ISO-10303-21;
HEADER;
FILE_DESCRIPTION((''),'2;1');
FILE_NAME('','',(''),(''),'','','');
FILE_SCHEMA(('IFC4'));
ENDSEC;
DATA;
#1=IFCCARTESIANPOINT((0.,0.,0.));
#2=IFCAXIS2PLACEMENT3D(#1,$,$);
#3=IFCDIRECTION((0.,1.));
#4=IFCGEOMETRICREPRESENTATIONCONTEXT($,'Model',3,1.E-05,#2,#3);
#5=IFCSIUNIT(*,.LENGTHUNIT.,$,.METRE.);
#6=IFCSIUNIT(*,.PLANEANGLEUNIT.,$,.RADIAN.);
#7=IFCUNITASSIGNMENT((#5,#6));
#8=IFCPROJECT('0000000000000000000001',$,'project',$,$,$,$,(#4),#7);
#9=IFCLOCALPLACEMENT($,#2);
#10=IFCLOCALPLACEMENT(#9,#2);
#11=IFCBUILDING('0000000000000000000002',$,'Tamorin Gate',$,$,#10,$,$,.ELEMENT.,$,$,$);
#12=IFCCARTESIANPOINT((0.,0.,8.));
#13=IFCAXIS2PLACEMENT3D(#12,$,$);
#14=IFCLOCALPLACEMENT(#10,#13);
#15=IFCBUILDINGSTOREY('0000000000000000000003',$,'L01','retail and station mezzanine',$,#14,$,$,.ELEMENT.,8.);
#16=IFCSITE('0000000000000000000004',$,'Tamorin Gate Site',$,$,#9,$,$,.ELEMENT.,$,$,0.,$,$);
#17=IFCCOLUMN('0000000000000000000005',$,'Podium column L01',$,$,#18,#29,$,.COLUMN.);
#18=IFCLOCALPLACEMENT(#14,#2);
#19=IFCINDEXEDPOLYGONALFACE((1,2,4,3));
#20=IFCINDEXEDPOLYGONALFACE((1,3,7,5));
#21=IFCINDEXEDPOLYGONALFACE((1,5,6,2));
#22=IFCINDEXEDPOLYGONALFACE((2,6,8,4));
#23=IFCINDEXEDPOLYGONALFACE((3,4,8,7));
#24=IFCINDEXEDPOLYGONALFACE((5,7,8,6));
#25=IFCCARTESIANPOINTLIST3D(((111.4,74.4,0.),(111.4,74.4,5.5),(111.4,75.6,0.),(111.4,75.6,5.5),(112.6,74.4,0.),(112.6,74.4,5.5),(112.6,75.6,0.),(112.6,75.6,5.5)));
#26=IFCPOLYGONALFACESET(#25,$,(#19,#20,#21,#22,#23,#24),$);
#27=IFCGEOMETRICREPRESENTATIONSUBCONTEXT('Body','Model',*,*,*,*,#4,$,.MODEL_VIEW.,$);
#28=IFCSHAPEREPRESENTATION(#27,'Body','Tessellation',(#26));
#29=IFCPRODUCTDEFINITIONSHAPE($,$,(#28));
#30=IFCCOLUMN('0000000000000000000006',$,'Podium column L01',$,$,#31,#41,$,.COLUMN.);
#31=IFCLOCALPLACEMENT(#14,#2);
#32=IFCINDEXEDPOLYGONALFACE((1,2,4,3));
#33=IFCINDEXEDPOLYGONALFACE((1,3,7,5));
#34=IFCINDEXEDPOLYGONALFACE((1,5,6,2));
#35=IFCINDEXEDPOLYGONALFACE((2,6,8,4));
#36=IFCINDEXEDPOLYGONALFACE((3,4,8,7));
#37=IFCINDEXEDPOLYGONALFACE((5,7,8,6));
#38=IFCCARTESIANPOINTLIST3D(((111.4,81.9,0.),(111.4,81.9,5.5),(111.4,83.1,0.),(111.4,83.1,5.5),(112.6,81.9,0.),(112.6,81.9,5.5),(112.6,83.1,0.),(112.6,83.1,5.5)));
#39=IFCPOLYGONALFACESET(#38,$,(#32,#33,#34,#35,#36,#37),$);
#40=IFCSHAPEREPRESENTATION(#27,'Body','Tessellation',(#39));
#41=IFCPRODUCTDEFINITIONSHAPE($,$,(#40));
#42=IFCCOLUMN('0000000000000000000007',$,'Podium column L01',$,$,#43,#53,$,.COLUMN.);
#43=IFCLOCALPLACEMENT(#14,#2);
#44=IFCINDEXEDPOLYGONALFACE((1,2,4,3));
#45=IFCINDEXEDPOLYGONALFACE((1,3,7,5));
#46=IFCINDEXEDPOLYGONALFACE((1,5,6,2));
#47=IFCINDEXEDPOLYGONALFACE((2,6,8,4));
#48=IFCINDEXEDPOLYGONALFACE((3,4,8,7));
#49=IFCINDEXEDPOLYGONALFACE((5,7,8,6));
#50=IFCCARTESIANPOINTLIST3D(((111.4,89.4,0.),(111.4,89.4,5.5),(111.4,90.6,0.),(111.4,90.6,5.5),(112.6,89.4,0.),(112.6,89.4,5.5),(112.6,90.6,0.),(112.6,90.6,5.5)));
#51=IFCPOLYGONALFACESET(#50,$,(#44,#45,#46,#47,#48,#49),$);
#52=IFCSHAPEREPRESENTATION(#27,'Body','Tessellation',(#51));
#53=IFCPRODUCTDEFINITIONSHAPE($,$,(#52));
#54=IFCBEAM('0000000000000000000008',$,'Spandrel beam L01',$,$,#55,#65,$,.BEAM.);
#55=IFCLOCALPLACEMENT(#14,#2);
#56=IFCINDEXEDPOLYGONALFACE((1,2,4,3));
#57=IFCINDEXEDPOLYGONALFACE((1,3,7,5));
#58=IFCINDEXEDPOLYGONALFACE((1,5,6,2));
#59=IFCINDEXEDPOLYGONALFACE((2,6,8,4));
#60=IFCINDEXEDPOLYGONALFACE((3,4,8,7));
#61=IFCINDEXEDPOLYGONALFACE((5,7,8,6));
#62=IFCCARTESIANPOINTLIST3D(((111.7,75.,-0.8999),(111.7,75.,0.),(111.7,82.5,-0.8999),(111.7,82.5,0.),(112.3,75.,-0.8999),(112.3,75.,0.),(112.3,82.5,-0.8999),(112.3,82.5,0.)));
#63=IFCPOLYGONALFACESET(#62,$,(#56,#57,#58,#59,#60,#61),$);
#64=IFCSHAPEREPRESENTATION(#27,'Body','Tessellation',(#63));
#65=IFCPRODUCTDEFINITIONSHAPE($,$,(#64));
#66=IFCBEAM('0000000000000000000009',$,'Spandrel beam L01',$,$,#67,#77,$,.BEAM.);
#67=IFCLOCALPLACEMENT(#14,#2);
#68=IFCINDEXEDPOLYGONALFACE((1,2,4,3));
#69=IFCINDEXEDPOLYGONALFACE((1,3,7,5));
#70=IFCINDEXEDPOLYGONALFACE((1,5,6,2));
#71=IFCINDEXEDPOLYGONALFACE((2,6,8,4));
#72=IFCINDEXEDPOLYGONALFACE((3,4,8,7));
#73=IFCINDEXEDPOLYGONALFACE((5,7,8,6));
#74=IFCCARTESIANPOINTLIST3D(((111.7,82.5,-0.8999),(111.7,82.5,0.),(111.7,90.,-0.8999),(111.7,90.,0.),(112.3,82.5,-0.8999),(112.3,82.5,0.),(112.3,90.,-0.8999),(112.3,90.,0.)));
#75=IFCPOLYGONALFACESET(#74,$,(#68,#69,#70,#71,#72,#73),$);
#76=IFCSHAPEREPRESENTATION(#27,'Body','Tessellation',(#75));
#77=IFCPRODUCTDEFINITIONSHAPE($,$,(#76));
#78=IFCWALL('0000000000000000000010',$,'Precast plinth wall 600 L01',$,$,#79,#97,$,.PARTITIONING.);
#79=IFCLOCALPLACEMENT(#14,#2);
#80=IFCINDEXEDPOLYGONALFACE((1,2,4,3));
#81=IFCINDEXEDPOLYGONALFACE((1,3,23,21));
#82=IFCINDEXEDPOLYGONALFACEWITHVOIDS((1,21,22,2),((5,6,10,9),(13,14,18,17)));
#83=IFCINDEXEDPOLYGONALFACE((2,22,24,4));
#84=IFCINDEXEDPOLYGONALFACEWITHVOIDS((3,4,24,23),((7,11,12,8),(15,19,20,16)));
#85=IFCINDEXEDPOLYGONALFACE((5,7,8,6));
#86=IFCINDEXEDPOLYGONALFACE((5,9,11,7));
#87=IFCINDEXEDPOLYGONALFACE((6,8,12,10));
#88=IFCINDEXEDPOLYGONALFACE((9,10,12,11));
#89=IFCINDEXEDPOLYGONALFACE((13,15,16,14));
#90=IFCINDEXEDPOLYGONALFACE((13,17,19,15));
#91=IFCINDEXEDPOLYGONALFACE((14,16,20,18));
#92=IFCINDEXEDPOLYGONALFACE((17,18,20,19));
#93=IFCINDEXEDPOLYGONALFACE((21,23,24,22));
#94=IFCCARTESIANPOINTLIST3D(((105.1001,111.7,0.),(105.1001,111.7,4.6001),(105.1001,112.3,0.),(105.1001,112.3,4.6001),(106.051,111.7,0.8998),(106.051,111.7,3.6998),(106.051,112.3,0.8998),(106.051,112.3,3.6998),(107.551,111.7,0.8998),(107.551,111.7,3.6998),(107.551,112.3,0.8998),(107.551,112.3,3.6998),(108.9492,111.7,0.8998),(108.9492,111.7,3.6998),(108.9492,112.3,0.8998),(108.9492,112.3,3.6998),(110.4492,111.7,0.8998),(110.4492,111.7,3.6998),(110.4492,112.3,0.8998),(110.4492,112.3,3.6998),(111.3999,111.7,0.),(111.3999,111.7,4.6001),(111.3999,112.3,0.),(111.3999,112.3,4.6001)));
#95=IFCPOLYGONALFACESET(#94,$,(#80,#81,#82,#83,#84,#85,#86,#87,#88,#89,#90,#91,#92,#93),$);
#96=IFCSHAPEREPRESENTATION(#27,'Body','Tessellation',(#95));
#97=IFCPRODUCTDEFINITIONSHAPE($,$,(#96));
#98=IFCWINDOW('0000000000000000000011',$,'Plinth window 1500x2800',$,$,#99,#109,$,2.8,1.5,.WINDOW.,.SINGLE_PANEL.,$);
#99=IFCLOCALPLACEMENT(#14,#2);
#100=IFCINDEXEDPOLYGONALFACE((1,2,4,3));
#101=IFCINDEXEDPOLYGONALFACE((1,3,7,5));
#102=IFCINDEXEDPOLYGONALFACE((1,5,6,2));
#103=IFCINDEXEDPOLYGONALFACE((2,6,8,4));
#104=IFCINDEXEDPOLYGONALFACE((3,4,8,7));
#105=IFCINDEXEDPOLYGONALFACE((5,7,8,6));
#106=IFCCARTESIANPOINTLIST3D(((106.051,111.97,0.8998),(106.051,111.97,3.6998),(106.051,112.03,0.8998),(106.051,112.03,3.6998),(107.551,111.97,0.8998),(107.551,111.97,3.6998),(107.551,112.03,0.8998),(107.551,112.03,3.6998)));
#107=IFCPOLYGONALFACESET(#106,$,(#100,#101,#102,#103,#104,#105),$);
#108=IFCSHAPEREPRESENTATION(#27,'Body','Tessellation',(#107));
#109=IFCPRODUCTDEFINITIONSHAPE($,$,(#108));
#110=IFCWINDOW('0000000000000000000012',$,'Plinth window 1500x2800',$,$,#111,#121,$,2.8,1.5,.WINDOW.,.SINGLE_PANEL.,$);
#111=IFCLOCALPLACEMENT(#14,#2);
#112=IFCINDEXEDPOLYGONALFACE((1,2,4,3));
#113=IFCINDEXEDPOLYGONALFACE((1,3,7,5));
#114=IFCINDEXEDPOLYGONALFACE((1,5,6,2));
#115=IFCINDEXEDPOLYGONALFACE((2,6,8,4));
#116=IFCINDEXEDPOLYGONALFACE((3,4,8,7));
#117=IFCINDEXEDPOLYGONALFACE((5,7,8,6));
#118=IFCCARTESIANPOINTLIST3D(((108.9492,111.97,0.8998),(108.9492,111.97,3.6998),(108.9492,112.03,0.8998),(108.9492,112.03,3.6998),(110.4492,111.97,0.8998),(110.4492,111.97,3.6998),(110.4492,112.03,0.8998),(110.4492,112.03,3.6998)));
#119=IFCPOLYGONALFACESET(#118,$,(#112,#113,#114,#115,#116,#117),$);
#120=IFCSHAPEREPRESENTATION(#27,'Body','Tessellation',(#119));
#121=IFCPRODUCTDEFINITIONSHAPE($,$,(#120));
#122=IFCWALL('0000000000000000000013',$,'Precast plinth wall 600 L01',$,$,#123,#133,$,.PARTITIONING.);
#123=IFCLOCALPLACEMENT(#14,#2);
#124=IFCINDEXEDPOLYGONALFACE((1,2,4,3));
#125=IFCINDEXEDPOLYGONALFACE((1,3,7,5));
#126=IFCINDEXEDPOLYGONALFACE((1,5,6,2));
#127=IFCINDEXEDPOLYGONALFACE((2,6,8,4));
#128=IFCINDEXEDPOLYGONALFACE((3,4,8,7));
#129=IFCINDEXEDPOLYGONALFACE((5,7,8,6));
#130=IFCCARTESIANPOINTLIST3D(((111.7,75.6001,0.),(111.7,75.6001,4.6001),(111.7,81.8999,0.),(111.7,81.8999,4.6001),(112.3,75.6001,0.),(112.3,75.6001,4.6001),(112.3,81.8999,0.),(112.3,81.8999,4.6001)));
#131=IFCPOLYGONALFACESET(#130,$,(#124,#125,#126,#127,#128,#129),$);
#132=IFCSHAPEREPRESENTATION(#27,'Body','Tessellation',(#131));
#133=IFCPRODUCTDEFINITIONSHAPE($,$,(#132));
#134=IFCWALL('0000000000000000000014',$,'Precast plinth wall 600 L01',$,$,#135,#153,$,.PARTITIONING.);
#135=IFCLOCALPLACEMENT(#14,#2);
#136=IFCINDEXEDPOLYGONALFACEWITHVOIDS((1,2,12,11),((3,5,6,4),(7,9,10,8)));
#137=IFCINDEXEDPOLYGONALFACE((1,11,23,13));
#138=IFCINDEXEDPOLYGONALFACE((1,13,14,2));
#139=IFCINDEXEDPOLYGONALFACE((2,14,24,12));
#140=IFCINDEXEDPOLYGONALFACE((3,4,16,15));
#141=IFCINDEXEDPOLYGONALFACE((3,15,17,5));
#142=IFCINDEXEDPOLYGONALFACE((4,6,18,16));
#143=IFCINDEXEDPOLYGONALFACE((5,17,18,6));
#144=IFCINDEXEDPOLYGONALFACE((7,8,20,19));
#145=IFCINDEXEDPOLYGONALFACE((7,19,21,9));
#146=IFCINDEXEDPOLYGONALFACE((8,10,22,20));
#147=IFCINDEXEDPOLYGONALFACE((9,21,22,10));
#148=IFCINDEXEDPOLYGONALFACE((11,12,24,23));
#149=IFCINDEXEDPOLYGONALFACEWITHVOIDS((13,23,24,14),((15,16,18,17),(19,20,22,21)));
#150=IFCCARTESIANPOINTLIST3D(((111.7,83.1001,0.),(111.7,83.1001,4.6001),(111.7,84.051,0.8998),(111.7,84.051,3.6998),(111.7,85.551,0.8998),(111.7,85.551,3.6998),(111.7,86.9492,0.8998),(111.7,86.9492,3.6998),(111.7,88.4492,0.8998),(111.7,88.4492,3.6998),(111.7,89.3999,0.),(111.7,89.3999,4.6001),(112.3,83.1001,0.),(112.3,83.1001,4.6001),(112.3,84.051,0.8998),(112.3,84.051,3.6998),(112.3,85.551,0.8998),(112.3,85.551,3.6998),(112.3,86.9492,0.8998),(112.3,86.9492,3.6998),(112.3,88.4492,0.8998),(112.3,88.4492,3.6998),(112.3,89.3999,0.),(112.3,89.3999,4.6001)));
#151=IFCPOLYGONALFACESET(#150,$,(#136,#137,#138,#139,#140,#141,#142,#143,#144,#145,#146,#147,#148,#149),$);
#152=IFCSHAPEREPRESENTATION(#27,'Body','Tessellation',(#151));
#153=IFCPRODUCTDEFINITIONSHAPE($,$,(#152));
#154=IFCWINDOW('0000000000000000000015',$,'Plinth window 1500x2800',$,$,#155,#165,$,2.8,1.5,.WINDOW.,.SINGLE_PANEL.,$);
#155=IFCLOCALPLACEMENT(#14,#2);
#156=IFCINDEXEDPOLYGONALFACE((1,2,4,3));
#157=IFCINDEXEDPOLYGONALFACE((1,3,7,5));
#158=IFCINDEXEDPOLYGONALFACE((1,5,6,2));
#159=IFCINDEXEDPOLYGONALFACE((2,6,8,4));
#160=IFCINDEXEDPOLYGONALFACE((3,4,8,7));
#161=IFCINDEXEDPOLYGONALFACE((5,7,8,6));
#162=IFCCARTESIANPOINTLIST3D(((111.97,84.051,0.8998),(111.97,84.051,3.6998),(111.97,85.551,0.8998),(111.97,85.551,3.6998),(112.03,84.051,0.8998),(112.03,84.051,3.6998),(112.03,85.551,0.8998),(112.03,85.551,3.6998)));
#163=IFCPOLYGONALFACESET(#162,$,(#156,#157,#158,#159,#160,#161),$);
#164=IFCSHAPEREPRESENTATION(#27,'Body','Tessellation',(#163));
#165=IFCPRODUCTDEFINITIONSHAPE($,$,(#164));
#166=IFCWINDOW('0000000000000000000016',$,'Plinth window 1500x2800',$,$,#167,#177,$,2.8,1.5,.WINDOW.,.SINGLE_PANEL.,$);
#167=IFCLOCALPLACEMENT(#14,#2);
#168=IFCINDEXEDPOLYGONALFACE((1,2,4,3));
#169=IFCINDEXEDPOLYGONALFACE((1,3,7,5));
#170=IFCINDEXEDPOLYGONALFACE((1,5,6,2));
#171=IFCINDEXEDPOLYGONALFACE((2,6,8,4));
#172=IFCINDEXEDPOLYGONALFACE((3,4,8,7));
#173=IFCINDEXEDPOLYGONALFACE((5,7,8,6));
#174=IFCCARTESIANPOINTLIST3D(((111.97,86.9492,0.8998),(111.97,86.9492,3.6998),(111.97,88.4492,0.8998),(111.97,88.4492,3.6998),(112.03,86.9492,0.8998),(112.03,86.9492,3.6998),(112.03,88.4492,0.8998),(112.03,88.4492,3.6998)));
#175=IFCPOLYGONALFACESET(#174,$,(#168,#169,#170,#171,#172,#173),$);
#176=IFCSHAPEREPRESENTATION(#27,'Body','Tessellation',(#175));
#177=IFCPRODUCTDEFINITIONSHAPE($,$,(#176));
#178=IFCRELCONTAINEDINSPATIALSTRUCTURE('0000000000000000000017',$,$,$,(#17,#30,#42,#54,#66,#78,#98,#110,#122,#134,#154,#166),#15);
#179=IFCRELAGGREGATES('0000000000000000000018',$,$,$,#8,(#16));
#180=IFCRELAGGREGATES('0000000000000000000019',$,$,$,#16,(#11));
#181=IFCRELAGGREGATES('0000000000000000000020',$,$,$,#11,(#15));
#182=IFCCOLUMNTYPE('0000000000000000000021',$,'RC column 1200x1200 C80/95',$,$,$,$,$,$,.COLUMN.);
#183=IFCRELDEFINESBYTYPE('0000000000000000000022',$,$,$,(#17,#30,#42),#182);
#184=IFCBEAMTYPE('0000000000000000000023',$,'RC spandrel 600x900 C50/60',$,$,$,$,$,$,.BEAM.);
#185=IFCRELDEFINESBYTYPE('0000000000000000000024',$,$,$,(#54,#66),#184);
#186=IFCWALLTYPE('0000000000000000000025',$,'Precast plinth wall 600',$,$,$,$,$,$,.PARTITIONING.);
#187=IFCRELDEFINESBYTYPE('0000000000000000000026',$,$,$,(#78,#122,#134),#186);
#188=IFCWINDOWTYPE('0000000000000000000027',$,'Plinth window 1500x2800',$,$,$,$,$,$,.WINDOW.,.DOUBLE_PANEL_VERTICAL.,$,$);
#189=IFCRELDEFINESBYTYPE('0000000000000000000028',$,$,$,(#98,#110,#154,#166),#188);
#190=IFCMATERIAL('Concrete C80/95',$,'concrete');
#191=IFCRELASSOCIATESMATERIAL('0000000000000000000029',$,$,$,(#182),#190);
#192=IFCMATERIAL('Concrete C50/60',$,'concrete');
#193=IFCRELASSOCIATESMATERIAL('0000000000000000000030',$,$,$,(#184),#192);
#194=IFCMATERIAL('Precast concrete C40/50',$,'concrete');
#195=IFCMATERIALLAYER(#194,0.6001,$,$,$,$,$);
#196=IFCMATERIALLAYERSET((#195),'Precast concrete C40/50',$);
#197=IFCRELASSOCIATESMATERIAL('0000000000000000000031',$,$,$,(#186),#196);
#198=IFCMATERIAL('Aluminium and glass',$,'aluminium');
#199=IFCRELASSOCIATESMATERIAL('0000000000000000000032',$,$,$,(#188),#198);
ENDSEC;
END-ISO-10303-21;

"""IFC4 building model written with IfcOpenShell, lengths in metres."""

from ifc_helpers import new_model, si_unit, direction, frame, frame_2d, origin, origin_2d, place, context, subcontext, project, spatial, rectangle, extrude, material, layer, layer_set, material_profile, profile_set, type_object, element, fill, save


model = new_model("IFC4")

# Units and contexts
model_context = context("Model", 3, precision=1e-05, world=origin(), true_north=direction((0.0, 1.0)))
body_context = subcontext(model_context, "Body", "Model", "MODEL_VIEW")
ifc_project = project(units=[si_unit("LENGTHUNIT", "METRE"), si_unit("PLANEANGLEUNIT", "RADIAN")], contexts=[model_context])

# Site, building, storey
site_placement = place(None, origin())
site = spatial("IfcSite", under=ifc_project, at=site_placement, Name="Tamorin Gate Site", CompositionType="ELEMENT", RefElevation=0.0)
building_placement = place(site_placement, origin())
building = spatial("IfcBuilding", under=site, at=building_placement, Name="Tamorin Gate", CompositionType="ELEMENT")
storey_placement = place(building_placement, frame((0.0, 0.0, 8.0)))
storey = spatial("IfcBuildingStorey", under=building, at=storey_placement, Name="L01", Description="retail and station mezzanine", CompositionType="ELEMENT", Elevation=8.0)

# Columns
ifc_material_1 = material(Name="Concrete C80/95", Category="concrete")
ifc_material_profile_1 = material_profile(ifc_material_1, rectangle(XDim=1.2, YDim=1.2, at=origin_2d()), Name="RC 1200x1200")
ifc_profile_set_1 = profile_set([ifc_material_profile_1], Name="Concrete C80/95")
column_type = type_object("IfcColumnType", Name="RC column 1200x1200 C80/95", PredefinedType="COLUMN", material=ifc_profile_set_1)
for number, where, z_axis, x_axis, name in (
    (1, (112.0, 75.0, 0.0), (0.0, 0.0, 1.0), (1.0, 0.0, 0.0), "Podium column L01"),
    (2, (112.0, 82.5, 0.0), (0.0, 0.0, 1.0), (1.0, 0.0, 0.0), "Podium column L01"),
    (3, (112.0, 90.0, 0.0), (0.0, 0.0, 1.0), (1.0, 0.0, 0.0), "Podium column L01"),
):
    element("IfcColumn", number, at=place(storey_placement, frame(where, z_axis=z_axis, x_axis=x_axis)), inside=storey, type_object=column_type, Name=name, PredefinedType="COLUMN", context=body_context, shape_type="SweptSolid", body=[
        extrude(rectangle(XDim=1.2, YDim=1.2, at=origin_2d()), origin(), (0.0, 0.0, 1.0), 5.5),
    ])

# Beams
ifc_material_2 = material(Name="Concrete C50/60", Category="concrete")
ifc_material_profile_2 = material_profile(ifc_material_2, rectangle(XDim=0.6001, YDim=0.8999, at=origin_2d()), Name="RC 600x900")
ifc_profile_set_2 = profile_set([ifc_material_profile_2], Name="Concrete C50/60")
beam_type = type_object("IfcBeamType", Name="RC spandrel 600x900 C50/60", PredefinedType="BEAM", material=ifc_profile_set_2)
for number, where, z_axis, x_axis, name in (
    (4, (112.0, 75.0, -0.45), (0.0, 1.0, 0.0), (-1.0, 0.0, 0.0), "Spandrel beam L01"),
    (5, (112.0, 82.5, -0.45), (0.0, 1.0, 0.0), (-1.0, 0.0, 0.0), "Spandrel beam L01"),
):
    element("IfcBeam", number, at=place(storey_placement, frame(where, z_axis=z_axis, x_axis=x_axis)), inside=storey, type_object=beam_type, Name=name, PredefinedType="BEAM", context=body_context, shape_type="SweptSolid", body=[
        extrude(rectangle(XDim=0.6001, YDim=0.8999, at=origin_2d()), origin(), (0.0, 0.0, 1.0), 7.5),
    ])

# Wall, openings, windows
ifc_material_3 = material(Name="Precast concrete C40/50", Category="concrete")
ifc_layer = layer(ifc_material_3, 0.6001)
ifc_layer_set = layer_set([ifc_layer], Name="Precast concrete C40/50")
wall_type = type_object("IfcWallType", Name="Precast plinth wall 600", PredefinedType="PARTITIONING", material=ifc_layer_set)
wall_1_placement = place(storey_placement, frame((105.1001, 112.0, 0.0), z_axis=(0.0, 0.0, 1.0), x_axis=(1.0, 0.0, 0.0)))
wall_1 = element("IfcWall", 6, at=wall_1_placement, inside=storey, type_object=wall_type, Name="Precast plinth wall 600 L01", PredefinedType="PARTITIONING", context=body_context, shape_type="SweptSolid", body=[
    extrude(rectangle(XDim=6.2998, YDim=0.6001, at=frame_2d((3.1499, 0.0))), origin(), (0.0, 0.0, 1.0), 4.6001),
])
opening_1_placement = place(wall_1_placement, frame((0.9509, 0.0, 0.8999)))
opening_1 = element("IfcOpeningElement", 7, at=opening_1_placement, cuts=wall_1, PredefinedType="OPENING", context=body_context, shape_type="SweptSolid", body=[
    extrude(rectangle(XDim=1.5, YDim=2.8, at=frame_2d((0.75, 1.3999))), frame((0.0, 0.3101, 0.0), z_axis=(0.0, -1.0, 0.0), x_axis=(1.0, 0.0, 0.0)), (0.0, 0.0, 1.0), 0.6201),
])
opening_2_placement = place(wall_1_placement, frame((3.8491, 0.0, 0.8999)))
opening_2 = element("IfcOpeningElement", 8, at=opening_2_placement, cuts=wall_1, PredefinedType="OPENING", context=body_context, shape_type="SweptSolid", body=[
    extrude(rectangle(XDim=1.5, YDim=2.8, at=frame_2d((0.75, 1.3999))), frame((0.0, 0.3101, 0.0), z_axis=(0.0, -1.0, 0.0), x_axis=(1.0, 0.0, 0.0)), (0.0, 0.0, 1.0), 0.6201),
])
ifc_material_4 = material(Name="Aluminium and glass", Category="aluminium")
window_type = type_object("IfcWindowType", Name="Plinth window 1500x2800", PartitioningType="DOUBLE_PANEL_VERTICAL", PredefinedType="WINDOW", material=ifc_material_4)
window_1_placement = place(opening_1_placement, origin())
window_1 = element("IfcWindow", 9, at=window_1_placement, inside=storey, type_object=window_type, Name="Plinth window 1500x2800", OverallHeight=2.8, OverallWidth=1.5, PartitioningType="SINGLE_PANEL", PredefinedType="WINDOW", context=body_context, shape_type="SweptSolid", body=[
    extrude(rectangle(XDim=1.5, YDim=2.8, at=frame_2d((0.75, 1.3999))), frame((0.0, 0.03, 0.0), z_axis=(0.0, -1.0, 0.0), x_axis=(1.0, 0.0, 0.0)), (0.0, 0.0, 1.0), 0.0601),
])
fill(opening_1, window_1)
window_2_placement = place(opening_2_placement, origin())
window_2 = element("IfcWindow", 10, at=window_2_placement, inside=storey, type_object=window_type, Name="Plinth window 1500x2800", OverallHeight=2.8, OverallWidth=1.5, PartitioningType="SINGLE_PANEL", PredefinedType="WINDOW", context=body_context, shape_type="SweptSolid", body=[
    extrude(rectangle(XDim=1.5, YDim=2.8, at=frame_2d((0.75, 1.3999))), frame((0.0, 0.03, 0.0), z_axis=(0.0, -1.0, 0.0), x_axis=(1.0, 0.0, 0.0)), (0.0, 0.0, 1.0), 0.0601),
])
fill(opening_2, window_2)

# Wall
wall_2_placement = place(storey_placement, frame((112.0, 75.6001, 0.0), z_axis=(0.0, 0.0, 1.0), x_axis=(0.0, 1.0, 0.0)))
element("IfcWall", 11, at=wall_2_placement, inside=storey, type_object=wall_type, Name="Precast plinth wall 600 L01", PredefinedType="PARTITIONING", context=body_context, shape_type="SweptSolid", body=[
    extrude(rectangle(XDim=6.2998, YDim=0.6001, at=frame_2d((3.1499, 0.0))), origin(), (0.0, 0.0, 1.0), 4.6001),
])

# Wall, openings, windows
wall_3_placement = place(storey_placement, frame((112.0, 83.1001, 0.0), z_axis=(0.0, 0.0, 1.0), x_axis=(0.0, 1.0, 0.0)))
wall_3 = element("IfcWall", 12, at=wall_3_placement, inside=storey, type_object=wall_type, Name="Precast plinth wall 600 L01", PredefinedType="PARTITIONING", context=body_context, shape_type="SweptSolid", body=[
    extrude(rectangle(XDim=6.2998, YDim=0.6001, at=frame_2d((3.1499, 0.0))), origin(), (0.0, 0.0, 1.0), 4.6001),
])
opening_3_placement = place(wall_3_placement, frame((0.9509, 0.0, 0.8999)))
opening_3 = element("IfcOpeningElement", 13, at=opening_3_placement, cuts=wall_3, PredefinedType="OPENING", context=body_context, shape_type="SweptSolid", body=[
    extrude(rectangle(XDim=1.5, YDim=2.8, at=frame_2d((0.75, 1.3999))), frame((0.0, 0.3101, 0.0), z_axis=(0.0, -1.0, 0.0), x_axis=(1.0, 0.0, 0.0)), (0.0, 0.0, 1.0), 0.6201),
])
opening_4_placement = place(wall_3_placement, frame((3.8491, 0.0, 0.8999)))
opening_4 = element("IfcOpeningElement", 14, at=opening_4_placement, cuts=wall_3, PredefinedType="OPENING", context=body_context, shape_type="SweptSolid", body=[
    extrude(rectangle(XDim=1.5, YDim=2.8, at=frame_2d((0.75, 1.3999))), frame((0.0, 0.3101, 0.0), z_axis=(0.0, -1.0, 0.0), x_axis=(1.0, 0.0, 0.0)), (0.0, 0.0, 1.0), 0.6201),
])
window_3_placement = place(opening_3_placement, origin())
window_3 = element("IfcWindow", 15, at=window_3_placement, inside=storey, type_object=window_type, Name="Plinth window 1500x2800", OverallHeight=2.8, OverallWidth=1.5, PartitioningType="SINGLE_PANEL", PredefinedType="WINDOW", context=body_context, shape_type="SweptSolid", body=[
    extrude(rectangle(XDim=1.5, YDim=2.8, at=frame_2d((0.75, 1.3999))), frame((0.0, 0.03, 0.0), z_axis=(0.0, -1.0, 0.0), x_axis=(1.0, 0.0, 0.0)), (0.0, 0.0, 1.0), 0.0601),
])
fill(opening_3, window_3)
window_4_placement = place(opening_4_placement, origin())
window_4 = element("IfcWindow", 16, at=window_4_placement, inside=storey, type_object=window_type, Name="Plinth window 1500x2800", OverallHeight=2.8, OverallWidth=1.5, PartitioningType="SINGLE_PANEL", PredefinedType="WINDOW", context=body_context, shape_type="SweptSolid", body=[
    extrude(rectangle(XDim=1.5, YDim=2.8, at=frame_2d((0.75, 1.3999))), frame((0.0, 0.03, 0.0), z_axis=(0.0, -1.0, 0.0), x_axis=(1.0, 0.0, 0.0)), (0.0, 0.0, 1.0), 0.0601),
])
fill(opening_4, window_4)

save(model, "model.ifc")
